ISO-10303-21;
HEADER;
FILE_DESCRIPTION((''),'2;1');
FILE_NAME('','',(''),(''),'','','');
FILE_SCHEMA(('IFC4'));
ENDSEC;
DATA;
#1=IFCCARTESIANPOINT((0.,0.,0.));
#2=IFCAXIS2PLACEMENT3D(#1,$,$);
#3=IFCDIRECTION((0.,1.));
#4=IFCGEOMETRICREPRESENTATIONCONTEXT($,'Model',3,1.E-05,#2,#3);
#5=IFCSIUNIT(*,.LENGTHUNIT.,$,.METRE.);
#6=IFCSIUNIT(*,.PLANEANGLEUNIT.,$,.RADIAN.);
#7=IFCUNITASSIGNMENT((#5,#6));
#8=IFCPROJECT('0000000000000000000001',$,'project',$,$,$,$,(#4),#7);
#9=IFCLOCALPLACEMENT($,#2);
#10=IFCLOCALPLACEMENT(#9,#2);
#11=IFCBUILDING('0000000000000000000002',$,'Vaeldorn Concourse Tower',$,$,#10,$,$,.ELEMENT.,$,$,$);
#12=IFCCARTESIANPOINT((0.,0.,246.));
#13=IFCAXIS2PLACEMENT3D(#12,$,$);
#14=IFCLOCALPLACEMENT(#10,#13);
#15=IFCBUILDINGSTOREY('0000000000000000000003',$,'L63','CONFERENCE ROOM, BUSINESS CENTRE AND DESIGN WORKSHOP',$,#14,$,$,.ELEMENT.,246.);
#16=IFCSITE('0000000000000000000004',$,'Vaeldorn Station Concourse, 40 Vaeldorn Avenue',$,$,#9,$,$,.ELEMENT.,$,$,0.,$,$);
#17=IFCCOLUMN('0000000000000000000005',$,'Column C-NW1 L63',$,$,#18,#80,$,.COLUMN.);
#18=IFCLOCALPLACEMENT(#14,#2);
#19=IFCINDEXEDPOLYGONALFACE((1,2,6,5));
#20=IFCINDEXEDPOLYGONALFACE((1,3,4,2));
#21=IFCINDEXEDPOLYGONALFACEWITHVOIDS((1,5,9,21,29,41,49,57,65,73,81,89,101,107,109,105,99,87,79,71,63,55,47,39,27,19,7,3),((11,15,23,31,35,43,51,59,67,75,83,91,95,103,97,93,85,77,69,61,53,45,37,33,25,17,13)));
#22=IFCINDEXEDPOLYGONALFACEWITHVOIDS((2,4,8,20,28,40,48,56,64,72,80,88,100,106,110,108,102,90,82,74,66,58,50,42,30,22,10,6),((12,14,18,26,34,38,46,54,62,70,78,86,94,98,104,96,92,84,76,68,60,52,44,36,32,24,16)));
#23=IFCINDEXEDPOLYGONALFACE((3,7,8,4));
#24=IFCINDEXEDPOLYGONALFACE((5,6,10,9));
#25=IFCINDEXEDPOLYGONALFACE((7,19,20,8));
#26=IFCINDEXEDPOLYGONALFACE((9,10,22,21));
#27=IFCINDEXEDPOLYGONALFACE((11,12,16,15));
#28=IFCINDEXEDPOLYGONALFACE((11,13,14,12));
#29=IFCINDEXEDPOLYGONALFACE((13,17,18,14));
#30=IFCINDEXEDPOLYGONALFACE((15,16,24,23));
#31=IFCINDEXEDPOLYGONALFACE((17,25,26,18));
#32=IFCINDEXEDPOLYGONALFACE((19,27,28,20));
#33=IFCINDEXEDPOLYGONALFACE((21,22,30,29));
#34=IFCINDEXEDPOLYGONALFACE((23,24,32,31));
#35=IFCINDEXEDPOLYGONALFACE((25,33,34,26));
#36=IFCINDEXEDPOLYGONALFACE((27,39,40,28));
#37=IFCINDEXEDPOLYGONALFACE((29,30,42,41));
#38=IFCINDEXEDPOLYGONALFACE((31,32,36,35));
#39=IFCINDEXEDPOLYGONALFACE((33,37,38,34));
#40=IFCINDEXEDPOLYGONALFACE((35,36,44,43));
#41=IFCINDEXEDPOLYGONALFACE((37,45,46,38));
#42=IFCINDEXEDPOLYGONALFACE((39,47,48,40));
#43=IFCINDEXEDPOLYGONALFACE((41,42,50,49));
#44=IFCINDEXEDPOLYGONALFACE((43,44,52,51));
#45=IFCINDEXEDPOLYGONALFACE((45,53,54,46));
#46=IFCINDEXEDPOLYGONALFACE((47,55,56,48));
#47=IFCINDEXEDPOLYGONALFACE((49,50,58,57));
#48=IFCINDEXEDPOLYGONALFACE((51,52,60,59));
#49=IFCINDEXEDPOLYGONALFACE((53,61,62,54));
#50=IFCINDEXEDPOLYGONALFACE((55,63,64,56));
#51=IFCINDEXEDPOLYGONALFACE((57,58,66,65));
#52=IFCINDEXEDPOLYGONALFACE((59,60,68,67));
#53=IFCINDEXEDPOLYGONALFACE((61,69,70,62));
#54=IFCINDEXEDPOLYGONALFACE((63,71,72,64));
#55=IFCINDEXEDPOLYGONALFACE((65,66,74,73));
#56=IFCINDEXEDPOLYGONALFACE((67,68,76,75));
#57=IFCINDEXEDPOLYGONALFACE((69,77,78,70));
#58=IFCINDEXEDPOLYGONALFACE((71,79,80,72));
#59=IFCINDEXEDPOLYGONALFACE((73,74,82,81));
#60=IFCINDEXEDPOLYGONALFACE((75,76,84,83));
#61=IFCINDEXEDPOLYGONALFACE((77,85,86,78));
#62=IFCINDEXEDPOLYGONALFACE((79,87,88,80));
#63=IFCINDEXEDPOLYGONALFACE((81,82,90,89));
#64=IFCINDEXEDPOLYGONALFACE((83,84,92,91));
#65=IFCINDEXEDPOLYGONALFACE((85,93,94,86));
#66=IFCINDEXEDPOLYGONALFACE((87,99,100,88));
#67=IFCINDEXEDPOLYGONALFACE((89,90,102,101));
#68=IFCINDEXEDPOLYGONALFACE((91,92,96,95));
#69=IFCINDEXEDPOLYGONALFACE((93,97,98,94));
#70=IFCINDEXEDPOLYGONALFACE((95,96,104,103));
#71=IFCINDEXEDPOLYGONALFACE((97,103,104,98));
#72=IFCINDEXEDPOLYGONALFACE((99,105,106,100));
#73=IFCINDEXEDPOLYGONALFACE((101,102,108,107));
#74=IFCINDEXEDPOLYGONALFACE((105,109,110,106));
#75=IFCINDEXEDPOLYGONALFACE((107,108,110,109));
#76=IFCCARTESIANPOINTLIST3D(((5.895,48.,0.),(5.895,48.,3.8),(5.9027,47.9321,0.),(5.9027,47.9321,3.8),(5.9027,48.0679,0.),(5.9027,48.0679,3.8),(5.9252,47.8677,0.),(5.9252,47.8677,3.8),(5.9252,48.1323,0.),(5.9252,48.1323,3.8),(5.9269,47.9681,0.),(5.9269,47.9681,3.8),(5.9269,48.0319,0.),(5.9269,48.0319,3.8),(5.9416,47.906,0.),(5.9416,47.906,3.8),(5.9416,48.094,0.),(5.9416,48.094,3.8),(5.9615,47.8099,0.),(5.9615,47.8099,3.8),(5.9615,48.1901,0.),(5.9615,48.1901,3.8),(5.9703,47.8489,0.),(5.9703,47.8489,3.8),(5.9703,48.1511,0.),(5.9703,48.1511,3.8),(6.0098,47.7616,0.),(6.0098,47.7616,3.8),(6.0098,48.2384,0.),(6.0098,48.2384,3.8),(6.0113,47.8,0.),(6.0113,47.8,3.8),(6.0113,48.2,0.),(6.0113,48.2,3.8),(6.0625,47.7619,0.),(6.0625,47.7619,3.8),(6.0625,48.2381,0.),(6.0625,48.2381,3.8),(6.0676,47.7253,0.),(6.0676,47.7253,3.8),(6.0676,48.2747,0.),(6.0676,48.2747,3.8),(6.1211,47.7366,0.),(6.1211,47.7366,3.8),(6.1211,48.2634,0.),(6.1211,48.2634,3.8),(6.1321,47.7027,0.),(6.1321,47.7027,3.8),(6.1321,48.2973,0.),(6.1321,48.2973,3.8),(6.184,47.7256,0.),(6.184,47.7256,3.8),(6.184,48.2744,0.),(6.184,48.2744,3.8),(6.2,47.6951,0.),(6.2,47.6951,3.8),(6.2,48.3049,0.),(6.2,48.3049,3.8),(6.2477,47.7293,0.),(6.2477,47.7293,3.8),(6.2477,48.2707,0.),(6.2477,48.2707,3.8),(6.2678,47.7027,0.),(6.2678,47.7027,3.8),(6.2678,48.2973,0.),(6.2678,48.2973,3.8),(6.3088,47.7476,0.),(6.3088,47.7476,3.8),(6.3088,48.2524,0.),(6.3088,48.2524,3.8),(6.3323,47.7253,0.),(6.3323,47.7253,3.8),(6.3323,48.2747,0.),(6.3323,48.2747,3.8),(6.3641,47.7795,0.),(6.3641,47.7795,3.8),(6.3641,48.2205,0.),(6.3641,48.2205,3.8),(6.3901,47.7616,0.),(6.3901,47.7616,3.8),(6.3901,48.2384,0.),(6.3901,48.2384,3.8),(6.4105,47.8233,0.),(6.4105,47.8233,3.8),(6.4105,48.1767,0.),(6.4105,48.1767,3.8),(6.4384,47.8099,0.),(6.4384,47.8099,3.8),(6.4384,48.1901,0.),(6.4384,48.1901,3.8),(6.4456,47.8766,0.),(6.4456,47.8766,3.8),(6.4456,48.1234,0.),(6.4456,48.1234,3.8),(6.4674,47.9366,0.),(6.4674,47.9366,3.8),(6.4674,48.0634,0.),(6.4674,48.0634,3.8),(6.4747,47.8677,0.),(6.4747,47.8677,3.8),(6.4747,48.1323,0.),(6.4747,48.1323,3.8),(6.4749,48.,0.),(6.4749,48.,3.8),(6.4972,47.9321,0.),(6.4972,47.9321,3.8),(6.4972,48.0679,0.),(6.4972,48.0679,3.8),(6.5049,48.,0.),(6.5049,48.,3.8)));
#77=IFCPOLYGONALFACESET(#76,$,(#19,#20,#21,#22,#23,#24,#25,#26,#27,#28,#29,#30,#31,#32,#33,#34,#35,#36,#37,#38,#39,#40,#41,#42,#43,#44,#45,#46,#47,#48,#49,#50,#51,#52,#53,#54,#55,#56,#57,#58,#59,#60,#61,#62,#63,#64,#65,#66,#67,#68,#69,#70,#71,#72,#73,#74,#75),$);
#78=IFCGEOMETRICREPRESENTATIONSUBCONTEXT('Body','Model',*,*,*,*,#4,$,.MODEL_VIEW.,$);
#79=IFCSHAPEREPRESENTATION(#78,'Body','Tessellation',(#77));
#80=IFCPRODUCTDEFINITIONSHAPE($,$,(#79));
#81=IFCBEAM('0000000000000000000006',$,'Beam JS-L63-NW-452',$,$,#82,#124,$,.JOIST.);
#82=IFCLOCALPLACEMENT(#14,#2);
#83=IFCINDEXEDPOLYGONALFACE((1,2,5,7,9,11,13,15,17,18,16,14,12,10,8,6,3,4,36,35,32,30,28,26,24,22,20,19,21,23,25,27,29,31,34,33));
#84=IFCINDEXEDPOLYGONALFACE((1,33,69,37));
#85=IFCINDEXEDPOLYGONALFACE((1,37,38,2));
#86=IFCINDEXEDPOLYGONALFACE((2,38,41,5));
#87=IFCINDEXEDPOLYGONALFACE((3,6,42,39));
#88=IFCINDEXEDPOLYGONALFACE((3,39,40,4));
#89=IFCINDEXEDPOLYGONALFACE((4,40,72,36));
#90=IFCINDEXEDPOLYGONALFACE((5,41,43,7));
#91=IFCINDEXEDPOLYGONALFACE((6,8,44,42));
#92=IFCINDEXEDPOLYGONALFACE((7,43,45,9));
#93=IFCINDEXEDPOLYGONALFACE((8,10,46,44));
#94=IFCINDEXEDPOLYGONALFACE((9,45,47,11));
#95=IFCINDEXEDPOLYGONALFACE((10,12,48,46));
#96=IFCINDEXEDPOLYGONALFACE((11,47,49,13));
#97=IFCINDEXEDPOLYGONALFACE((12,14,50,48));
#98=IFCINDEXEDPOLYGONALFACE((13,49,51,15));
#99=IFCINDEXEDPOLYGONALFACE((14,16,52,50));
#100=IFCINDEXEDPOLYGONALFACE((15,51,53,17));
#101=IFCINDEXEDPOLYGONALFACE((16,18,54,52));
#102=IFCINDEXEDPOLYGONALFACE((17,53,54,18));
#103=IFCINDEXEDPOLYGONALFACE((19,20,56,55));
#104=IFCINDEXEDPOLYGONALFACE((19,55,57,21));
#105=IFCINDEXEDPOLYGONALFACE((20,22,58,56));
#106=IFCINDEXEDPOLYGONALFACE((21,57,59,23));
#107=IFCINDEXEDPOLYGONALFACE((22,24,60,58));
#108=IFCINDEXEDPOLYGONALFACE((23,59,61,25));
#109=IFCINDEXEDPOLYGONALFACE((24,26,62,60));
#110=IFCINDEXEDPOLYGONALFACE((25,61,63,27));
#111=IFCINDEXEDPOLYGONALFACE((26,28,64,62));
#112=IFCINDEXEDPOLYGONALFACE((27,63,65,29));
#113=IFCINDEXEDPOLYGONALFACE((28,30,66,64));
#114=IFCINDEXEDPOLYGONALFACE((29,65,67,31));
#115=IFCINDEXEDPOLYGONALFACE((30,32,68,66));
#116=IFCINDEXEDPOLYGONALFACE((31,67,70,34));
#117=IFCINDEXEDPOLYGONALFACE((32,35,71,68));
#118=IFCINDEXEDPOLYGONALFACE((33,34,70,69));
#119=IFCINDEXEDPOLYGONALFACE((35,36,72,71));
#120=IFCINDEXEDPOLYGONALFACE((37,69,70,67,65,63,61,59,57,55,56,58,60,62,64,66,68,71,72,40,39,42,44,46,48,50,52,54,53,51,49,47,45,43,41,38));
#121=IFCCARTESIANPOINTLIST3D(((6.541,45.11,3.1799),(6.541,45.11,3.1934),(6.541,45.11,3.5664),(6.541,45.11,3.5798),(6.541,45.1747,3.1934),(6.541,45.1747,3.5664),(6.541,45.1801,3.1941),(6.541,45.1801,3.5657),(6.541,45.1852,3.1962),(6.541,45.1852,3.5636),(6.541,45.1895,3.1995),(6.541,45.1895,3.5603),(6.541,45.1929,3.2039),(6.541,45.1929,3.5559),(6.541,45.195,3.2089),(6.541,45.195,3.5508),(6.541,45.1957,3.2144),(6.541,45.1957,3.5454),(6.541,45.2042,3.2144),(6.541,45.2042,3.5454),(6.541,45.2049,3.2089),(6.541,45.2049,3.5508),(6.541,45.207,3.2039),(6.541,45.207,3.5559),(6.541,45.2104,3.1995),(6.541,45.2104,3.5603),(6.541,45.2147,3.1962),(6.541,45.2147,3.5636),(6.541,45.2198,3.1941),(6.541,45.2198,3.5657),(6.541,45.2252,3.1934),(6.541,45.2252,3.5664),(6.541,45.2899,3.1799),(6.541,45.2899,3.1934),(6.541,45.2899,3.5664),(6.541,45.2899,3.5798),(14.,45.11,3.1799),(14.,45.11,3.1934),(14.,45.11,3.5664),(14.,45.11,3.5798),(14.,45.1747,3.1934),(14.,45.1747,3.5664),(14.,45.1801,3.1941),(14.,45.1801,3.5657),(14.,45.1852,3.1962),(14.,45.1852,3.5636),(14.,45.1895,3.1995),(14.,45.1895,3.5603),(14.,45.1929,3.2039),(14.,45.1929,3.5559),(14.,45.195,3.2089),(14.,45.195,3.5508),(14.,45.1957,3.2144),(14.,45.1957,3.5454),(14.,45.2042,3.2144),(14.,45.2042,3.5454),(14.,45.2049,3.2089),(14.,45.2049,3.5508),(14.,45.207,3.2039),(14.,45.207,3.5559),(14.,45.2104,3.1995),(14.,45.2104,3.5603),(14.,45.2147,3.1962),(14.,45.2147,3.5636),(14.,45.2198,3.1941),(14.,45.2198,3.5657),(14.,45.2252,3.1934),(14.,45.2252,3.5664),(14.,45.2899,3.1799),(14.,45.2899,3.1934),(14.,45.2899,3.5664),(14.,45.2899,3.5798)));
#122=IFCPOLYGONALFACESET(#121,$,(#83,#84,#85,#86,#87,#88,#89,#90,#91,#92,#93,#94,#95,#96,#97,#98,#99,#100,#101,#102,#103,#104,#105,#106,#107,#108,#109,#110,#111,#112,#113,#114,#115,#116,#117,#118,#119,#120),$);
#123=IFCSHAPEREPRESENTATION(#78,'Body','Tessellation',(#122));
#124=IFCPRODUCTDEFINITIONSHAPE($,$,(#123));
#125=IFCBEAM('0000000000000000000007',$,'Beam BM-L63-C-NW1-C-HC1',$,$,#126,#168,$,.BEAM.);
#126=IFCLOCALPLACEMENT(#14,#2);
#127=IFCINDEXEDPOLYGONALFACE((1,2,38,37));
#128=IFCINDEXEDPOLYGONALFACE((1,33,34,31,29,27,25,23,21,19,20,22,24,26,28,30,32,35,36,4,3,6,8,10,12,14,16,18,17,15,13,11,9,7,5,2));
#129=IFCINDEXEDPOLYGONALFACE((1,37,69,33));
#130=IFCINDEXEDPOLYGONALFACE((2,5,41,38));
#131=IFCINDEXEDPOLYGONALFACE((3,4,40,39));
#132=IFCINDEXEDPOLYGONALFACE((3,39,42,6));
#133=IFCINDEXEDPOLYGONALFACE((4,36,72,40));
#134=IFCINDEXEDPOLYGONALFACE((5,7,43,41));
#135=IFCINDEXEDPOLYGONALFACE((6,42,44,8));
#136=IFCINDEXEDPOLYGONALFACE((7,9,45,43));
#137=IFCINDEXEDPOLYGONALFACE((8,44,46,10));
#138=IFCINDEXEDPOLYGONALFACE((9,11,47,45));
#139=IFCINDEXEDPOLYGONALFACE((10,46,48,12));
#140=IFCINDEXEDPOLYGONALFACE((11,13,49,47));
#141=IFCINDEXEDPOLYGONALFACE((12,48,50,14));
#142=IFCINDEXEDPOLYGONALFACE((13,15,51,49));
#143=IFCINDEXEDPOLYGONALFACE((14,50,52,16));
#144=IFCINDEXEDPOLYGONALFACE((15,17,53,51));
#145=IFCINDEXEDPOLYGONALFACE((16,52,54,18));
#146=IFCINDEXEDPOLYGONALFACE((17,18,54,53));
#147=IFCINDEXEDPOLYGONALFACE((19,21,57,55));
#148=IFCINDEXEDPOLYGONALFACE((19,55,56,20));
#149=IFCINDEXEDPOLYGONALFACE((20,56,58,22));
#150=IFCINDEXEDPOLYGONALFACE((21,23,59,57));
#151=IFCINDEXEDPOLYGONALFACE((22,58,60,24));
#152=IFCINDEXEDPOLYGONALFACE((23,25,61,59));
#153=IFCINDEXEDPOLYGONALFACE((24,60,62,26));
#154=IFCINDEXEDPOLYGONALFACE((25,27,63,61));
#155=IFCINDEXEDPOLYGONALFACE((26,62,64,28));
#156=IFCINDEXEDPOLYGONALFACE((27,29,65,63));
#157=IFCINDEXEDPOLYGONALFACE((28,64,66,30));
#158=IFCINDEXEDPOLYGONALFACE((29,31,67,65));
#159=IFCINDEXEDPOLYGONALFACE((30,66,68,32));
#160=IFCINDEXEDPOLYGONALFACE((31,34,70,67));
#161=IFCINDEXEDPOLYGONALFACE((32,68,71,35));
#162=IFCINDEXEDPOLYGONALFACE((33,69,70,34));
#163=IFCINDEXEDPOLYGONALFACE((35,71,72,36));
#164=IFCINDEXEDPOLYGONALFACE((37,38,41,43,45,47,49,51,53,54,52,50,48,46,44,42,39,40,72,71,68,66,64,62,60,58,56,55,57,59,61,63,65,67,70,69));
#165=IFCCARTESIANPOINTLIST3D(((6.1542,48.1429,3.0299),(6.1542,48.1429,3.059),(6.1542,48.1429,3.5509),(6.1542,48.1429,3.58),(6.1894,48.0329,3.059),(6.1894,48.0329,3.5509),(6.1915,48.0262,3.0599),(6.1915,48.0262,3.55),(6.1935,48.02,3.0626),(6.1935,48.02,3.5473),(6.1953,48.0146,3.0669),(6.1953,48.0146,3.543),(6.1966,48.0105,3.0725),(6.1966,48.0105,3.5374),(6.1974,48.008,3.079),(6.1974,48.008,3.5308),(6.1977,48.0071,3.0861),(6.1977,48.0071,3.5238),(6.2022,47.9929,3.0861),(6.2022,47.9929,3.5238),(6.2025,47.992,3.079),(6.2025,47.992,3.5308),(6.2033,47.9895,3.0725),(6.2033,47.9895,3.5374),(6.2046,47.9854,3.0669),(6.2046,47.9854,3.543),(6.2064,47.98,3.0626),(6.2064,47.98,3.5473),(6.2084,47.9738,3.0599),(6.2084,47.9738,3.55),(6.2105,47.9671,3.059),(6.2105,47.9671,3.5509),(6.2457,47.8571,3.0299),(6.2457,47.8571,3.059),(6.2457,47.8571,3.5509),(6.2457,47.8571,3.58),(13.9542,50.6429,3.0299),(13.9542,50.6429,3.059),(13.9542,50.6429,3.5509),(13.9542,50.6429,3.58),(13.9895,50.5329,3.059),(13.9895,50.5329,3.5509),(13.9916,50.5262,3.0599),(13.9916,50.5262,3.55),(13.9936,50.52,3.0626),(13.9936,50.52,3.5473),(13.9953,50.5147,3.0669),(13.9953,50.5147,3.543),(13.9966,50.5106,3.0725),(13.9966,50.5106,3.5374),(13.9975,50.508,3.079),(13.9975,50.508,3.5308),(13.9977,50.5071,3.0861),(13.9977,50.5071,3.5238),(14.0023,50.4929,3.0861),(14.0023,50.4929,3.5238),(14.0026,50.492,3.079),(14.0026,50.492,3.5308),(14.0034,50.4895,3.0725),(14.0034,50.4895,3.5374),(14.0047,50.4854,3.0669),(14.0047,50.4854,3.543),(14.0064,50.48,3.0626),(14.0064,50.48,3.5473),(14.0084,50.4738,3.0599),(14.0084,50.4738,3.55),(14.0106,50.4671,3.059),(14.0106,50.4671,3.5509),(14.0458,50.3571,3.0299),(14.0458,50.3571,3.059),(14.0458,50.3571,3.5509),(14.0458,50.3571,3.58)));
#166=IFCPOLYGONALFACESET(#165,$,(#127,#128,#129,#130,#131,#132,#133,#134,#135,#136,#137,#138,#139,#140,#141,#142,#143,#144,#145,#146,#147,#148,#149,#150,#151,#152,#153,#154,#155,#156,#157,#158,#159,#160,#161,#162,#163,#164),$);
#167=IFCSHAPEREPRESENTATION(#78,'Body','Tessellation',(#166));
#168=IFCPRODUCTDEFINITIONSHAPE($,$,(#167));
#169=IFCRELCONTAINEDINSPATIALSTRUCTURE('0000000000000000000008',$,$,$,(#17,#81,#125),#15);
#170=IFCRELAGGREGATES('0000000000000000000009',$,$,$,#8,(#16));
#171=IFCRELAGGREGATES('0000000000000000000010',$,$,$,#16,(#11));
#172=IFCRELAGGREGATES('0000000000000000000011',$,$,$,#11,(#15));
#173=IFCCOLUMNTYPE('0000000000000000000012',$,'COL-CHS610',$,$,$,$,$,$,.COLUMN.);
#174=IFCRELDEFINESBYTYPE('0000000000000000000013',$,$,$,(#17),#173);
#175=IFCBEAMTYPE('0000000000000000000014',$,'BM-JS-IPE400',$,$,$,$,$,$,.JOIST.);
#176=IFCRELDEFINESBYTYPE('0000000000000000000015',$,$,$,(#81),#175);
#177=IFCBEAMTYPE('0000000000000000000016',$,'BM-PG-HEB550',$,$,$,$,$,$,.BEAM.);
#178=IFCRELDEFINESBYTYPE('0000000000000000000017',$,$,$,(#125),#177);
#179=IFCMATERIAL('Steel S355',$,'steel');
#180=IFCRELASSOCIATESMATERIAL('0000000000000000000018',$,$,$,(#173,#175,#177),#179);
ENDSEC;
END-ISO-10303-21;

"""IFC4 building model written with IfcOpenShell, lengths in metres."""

from ifc_helpers import new_model, si_unit, direction, frame, origin, origin_2d, place, context, subcontext, project, spatial, hollow_circle, i_section, extrude, source, transform, mapped, material, material_profile, profile_set, type_object, element, save


model = new_model("IFC4")

# Units and contexts
model_context = context("Model", 3, precision=1e-05, world=origin(), true_north=direction((0.0, 1.0)))
body_context = subcontext(model_context, "Body", "Model", "MODEL_VIEW")
ifc_project = project(units=[si_unit("LENGTHUNIT", "METRE"), si_unit("PLANEANGLEUNIT", "RADIAN")], contexts=[model_context])

# Site, building, storey
site_placement = place(None, origin())
site = spatial("IfcSite", under=ifc_project, at=site_placement, Name="Vaeldorn Station Concourse, 40 Vaeldorn Avenue", CompositionType="ELEMENT", RefElevation=0.0)
building_placement = place(site_placement, origin())
building = spatial("IfcBuilding", under=site, at=building_placement, Name="Vaeldorn Concourse Tower", CompositionType="ELEMENT")
storey_placement = place(building_placement, frame((0.0, 0.0, 246.0)))
storey = spatial("IfcBuildingStorey", under=building, at=storey_placement, Name="L63", Description="CONFERENCE ROOM, BUSINESS CENTRE AND DESIGN WORKSHOP", CompositionType="ELEMENT", Elevation=246.0)

# Column
ifc_material_1 = material(Name="Steel S355", Category="steel")
ifc_material_profile_1 = material_profile(ifc_material_1, hollow_circle(Radius=0.3049, WallThickness=0.03, at=origin_2d()), Name="CHS 610x30")
ifc_profile_set_1 = profile_set([ifc_material_profile_1], Name="Steel S355")
column_type = type_object("IfcColumnType", Name="COL-CHS610", PredefinedType="COLUMN", material=ifc_profile_set_1)
shared_shape_1 = source(origin(), body_context, "Body", "SweptSolid", [
    extrude(hollow_circle(Radius=0.3049, WallThickness=0.03, at=origin_2d()), origin(), (0.0, 0.0, 1.0), 3.8),
])
column_placement = place(storey_placement, frame((6.2, 48.0, 0.0), z_axis=(0.0, 0.0, 1.0), x_axis=(1.0, 0.0, 0.0)))
element("IfcColumn", 1, at=column_placement, inside=storey, type_object=column_type, Name="Column C-NW1 L63", PredefinedType="COLUMN", context=body_context, shape_type="MappedRepresentation", body=[
    mapped(shared_shape_1, transform((0.0, 0.0, 0.0), scale=1.0)),
])

# Beams
ifc_material_profile_2 = material_profile(ifc_material_1, i_section(OverallWidth=0.1799, OverallDepth=0.3999, WebThickness=0.0085, FlangeThickness=0.0134, FilletRadius=0.021, at=origin_2d()), Name="IPE 400")
ifc_profile_set_2 = profile_set([ifc_material_profile_2], Name="Steel S355")
beam_type_1 = type_object("IfcBeamType", Name="BM-JS-IPE400", PredefinedType="JOIST", material=ifc_profile_set_2)
shared_shape_2 = source(origin(), body_context, "Body", "SweptSolid", [
    extrude(i_section(OverallWidth=0.1799, OverallDepth=0.3999, WebThickness=0.0085, FlangeThickness=0.0134, FilletRadius=0.021, at=origin_2d()), origin(), (0.0, 0.0, 1.0), 7.459),
])
beam_1_placement = place(storey_placement, frame((6.541, 45.2, 3.3799), z_axis=(1.0, 0.0, 0.0), x_axis=(0.0, 1.0, 0.0)))
element("IfcBeam", 2, at=beam_1_placement, inside=storey, type_object=beam_type_1, Name="Beam JS-L63-NW-452", PredefinedType="JOIST", context=body_context, shape_type="MappedRepresentation", body=[
    mapped(shared_shape_2, transform((0.0, 0.0, 0.0), scale=1.0)),
])
ifc_material_profile_3 = material_profile(ifc_material_1, i_section(OverallWidth=0.3, OverallDepth=0.55, WebThickness=0.0149, FlangeThickness=0.0291, FilletRadius=0.0271, at=origin_2d()), Name="HEB 550")
ifc_profile_set_3 = profile_set([ifc_material_profile_3], Name="Steel S355")
beam_type_2 = type_object("IfcBeamType", Name="BM-PG-HEB550", PredefinedType="BEAM", material=ifc_profile_set_3)
shared_shape_3 = source(origin(), body_context, "Body", "SweptSolid", [
    extrude(i_section(OverallWidth=0.3, OverallDepth=0.55, WebThickness=0.0149, FlangeThickness=0.0291, FilletRadius=0.0271, at=origin_2d()), origin(), (0.0, 0.0, 1.0), 8.1909),
])
beam_2_placement = place(storey_placement, frame((6.2, 48.0, 3.3049), z_axis=(0.952283, 0.305217, 0.0), x_axis=(-0.305217, 0.952283, 0.0)))
element("IfcBeam", 3, at=beam_2_placement, inside=storey, type_object=beam_type_2, Name="Beam BM-L63-C-NW1-C-HC1", PredefinedType="BEAM", context=body_context, shape_type="MappedRepresentation", body=[
    mapped(shared_shape_3, transform((0.0, 0.0, 0.0), scale=1.0)),
])

save(model, "model.ifc")
